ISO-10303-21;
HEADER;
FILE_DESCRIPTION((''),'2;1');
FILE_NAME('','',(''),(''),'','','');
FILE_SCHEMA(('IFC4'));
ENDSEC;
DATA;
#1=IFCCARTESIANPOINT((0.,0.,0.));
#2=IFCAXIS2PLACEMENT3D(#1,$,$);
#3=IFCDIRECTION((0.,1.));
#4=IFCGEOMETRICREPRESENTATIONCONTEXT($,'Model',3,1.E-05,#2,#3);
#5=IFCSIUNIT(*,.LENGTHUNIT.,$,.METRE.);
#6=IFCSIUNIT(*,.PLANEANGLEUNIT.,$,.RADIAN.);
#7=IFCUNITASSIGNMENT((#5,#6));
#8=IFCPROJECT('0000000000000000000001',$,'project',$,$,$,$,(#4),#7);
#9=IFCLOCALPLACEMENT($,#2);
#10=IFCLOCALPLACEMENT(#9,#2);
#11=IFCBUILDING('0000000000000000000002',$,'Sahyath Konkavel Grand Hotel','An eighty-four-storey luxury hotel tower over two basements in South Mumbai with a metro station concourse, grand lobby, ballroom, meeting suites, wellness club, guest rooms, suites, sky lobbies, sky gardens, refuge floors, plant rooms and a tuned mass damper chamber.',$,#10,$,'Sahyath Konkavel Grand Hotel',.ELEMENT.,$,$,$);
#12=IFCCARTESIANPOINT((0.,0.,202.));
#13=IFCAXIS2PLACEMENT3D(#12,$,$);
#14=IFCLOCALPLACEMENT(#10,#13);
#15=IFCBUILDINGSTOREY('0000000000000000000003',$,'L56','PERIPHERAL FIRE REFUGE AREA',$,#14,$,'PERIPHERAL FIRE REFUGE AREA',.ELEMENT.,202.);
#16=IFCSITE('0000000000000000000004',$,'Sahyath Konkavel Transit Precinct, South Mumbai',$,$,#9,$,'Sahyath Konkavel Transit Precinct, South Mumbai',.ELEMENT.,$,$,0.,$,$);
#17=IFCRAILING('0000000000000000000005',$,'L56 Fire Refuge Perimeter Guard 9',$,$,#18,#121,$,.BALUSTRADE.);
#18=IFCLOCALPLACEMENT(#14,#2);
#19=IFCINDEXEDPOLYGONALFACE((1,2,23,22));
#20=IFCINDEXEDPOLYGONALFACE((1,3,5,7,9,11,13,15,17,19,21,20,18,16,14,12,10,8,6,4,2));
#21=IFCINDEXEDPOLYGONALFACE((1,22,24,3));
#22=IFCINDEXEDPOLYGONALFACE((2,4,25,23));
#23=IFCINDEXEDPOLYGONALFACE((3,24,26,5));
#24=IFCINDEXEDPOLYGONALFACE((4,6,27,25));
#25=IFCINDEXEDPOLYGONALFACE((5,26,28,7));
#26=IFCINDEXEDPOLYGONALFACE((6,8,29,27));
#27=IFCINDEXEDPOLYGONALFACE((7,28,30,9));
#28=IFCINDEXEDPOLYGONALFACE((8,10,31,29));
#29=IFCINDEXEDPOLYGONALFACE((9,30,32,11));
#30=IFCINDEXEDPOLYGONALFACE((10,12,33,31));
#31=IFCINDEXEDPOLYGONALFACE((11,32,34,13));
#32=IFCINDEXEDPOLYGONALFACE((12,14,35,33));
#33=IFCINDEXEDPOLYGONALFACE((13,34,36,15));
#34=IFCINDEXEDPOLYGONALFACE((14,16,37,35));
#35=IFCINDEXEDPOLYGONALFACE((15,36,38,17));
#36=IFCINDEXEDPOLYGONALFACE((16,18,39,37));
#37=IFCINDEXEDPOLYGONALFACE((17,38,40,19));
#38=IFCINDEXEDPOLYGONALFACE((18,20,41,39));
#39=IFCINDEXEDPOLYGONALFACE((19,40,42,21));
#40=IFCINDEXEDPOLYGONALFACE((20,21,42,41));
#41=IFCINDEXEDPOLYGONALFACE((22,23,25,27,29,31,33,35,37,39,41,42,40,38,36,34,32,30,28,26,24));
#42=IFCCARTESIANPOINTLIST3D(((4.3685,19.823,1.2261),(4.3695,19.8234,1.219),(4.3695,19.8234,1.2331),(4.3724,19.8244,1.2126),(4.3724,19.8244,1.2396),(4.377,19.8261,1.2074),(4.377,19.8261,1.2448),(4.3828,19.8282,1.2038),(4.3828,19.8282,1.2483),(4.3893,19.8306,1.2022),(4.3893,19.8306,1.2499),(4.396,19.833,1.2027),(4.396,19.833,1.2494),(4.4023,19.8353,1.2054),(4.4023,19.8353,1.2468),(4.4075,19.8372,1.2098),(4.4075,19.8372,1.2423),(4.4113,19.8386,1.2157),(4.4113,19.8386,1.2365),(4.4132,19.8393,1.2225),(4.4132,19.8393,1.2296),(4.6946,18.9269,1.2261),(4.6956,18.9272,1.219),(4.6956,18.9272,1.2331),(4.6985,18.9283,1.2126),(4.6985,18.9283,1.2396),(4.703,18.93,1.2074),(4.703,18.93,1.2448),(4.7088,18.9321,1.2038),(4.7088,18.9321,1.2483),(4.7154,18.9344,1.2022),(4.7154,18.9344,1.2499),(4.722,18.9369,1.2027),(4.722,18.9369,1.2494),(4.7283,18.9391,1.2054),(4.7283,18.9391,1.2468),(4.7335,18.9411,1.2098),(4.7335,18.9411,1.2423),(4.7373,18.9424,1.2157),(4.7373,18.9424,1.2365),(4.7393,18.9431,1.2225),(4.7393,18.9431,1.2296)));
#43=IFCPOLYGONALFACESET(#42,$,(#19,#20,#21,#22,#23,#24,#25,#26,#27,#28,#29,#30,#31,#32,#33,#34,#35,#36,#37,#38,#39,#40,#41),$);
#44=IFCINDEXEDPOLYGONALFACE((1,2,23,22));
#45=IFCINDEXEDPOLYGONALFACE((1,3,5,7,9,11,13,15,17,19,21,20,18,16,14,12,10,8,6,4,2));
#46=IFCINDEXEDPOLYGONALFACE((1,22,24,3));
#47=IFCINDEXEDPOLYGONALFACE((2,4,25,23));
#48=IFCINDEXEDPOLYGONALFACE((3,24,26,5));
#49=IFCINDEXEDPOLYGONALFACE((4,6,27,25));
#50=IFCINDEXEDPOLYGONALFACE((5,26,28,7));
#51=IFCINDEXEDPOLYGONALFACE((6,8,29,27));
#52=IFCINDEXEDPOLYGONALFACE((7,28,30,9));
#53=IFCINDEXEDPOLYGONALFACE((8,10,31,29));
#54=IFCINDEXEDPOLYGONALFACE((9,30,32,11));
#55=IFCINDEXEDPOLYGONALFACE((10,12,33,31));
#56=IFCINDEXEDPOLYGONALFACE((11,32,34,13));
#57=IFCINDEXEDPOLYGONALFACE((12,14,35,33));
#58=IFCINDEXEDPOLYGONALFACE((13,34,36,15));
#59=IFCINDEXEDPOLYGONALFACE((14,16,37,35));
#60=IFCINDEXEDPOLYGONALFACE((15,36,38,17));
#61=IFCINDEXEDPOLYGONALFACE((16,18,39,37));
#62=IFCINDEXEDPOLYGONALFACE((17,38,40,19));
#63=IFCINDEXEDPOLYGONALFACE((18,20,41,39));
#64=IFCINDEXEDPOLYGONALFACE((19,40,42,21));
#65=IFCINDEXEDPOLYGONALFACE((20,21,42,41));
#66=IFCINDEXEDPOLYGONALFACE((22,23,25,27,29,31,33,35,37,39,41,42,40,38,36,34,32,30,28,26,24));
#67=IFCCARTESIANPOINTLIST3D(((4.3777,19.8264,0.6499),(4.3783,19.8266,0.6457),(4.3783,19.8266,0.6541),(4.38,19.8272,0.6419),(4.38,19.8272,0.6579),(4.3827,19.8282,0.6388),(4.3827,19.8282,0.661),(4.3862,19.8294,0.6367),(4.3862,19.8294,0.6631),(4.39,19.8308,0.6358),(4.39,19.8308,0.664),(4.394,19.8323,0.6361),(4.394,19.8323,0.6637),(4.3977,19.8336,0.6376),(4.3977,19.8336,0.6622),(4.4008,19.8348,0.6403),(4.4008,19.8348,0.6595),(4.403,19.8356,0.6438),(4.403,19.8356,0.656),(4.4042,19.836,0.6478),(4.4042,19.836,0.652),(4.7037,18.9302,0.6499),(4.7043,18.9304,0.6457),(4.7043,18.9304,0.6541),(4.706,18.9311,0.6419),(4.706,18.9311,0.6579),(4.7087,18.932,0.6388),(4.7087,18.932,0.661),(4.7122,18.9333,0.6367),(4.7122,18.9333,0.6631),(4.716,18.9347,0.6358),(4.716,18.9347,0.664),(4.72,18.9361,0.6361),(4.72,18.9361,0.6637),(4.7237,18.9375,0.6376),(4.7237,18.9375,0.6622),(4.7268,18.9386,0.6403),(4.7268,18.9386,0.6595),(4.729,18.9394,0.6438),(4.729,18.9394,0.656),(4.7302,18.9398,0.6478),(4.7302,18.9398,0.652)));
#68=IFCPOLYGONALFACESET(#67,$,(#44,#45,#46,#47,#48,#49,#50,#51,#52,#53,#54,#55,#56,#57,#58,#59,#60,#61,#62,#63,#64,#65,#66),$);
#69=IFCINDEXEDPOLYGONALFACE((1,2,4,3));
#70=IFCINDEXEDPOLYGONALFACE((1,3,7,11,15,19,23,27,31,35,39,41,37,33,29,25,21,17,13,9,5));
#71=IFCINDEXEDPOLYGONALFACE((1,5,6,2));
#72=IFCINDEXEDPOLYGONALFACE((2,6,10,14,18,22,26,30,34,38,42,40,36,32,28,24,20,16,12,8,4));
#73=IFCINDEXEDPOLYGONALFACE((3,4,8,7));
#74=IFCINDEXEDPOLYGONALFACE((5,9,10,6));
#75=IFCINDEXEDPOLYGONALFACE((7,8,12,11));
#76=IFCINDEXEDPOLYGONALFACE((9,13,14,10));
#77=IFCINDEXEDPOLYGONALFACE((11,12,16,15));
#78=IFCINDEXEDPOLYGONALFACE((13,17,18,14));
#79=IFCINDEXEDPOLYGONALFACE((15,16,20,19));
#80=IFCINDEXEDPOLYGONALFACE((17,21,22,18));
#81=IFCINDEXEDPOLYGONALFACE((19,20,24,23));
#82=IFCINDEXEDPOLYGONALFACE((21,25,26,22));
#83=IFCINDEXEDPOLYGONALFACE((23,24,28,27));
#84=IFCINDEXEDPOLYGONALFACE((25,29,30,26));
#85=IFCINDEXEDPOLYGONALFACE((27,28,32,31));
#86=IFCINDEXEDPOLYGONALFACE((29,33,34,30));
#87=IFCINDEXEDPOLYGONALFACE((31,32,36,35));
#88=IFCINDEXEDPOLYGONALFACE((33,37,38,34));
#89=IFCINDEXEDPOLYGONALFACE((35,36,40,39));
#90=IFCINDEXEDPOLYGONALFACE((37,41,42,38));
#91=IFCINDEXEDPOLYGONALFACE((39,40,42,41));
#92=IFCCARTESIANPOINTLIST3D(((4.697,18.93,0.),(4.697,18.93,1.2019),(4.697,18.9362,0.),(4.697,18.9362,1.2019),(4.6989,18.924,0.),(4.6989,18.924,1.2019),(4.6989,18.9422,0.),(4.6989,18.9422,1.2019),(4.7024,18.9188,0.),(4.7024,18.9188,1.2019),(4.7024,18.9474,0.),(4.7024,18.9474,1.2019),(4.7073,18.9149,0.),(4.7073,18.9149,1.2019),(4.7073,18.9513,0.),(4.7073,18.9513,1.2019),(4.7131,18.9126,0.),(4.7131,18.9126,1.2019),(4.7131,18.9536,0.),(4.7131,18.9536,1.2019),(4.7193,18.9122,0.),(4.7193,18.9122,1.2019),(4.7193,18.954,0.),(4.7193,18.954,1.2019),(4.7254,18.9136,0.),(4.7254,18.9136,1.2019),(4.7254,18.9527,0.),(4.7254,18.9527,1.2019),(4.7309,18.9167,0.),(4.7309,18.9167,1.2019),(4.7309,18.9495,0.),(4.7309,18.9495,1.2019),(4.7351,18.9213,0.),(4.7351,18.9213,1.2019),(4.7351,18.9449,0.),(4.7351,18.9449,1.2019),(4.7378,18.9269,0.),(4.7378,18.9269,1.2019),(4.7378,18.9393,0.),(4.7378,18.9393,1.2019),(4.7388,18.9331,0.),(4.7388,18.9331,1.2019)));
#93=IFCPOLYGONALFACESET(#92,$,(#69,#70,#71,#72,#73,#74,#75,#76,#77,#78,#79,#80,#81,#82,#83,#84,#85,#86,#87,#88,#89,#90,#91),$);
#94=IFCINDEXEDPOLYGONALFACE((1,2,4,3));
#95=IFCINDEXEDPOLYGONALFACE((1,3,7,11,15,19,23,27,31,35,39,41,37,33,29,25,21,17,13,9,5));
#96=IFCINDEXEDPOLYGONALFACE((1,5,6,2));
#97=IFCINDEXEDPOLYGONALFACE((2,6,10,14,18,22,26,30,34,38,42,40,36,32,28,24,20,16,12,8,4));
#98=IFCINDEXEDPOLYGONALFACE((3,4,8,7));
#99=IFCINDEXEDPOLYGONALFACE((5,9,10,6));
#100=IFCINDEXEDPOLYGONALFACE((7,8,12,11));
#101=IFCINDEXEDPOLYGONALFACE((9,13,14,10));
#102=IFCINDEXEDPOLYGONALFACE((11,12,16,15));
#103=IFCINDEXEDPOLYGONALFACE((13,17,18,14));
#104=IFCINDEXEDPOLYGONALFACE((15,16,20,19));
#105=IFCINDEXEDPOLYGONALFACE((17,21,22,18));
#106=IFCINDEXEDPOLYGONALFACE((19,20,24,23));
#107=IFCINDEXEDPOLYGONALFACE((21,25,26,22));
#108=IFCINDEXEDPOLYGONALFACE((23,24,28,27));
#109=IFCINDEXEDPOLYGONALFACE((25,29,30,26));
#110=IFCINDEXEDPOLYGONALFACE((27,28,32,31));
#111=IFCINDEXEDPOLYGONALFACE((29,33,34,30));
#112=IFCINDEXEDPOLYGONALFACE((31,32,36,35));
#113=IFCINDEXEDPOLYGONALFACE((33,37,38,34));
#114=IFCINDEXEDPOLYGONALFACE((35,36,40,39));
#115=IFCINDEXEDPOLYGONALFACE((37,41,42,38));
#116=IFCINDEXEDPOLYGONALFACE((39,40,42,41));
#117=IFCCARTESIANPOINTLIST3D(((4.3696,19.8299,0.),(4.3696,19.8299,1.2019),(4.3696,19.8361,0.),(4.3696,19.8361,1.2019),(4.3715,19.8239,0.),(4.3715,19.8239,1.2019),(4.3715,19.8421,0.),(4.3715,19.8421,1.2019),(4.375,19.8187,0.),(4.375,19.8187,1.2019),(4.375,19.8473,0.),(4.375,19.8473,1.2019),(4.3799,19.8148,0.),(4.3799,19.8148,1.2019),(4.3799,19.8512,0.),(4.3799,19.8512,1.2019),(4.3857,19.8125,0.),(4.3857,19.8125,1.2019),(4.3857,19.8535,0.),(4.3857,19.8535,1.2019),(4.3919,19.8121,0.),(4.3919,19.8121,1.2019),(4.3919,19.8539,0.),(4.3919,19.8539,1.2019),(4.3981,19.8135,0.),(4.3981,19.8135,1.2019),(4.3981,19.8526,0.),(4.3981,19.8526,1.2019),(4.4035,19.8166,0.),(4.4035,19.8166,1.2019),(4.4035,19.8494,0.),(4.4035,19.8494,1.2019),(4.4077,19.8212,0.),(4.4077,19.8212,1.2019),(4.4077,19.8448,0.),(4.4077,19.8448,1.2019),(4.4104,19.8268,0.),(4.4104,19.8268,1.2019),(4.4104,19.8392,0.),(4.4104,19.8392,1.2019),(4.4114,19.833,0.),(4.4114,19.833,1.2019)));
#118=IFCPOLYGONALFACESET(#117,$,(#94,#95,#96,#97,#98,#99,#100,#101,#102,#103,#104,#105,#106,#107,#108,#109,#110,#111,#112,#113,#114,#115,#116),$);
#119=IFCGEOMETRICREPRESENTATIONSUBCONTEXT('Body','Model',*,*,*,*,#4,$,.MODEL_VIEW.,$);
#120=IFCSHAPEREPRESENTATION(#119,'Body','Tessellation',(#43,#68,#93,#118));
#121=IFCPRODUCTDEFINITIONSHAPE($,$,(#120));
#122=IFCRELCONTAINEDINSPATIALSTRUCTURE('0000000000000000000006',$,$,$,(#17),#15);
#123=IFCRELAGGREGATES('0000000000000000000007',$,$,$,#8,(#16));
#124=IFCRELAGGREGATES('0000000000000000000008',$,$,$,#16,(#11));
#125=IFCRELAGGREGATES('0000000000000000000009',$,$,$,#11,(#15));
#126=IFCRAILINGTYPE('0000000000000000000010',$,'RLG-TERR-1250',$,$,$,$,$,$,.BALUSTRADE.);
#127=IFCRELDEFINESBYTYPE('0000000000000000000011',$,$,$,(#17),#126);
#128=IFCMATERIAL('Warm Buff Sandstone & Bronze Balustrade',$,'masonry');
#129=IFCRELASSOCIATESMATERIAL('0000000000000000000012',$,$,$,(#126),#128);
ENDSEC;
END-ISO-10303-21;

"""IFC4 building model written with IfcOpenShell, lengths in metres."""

from ifc_helpers import new_model, si_unit, direction, frame, origin, origin_2d, place, context, subcontext, project, spatial, circle, extrude, material, type_object, element, save


model = new_model("IFC4")

# Units and contexts
model_context = context("Model", 3, precision=1e-05, world=origin(), true_north=direction((0.0, 1.0)))
body_context = subcontext(model_context, "Body", "Model", "MODEL_VIEW")
ifc_project = project(units=[si_unit("LENGTHUNIT", "METRE"), si_unit("PLANEANGLEUNIT", "RADIAN")], contexts=[model_context])

# Site, building, storey
site_placement = place(None, origin())
site = spatial("IfcSite", under=ifc_project, at=site_placement, Name="Sahyath Konkavel Transit Precinct, South Mumbai", LongName="Sahyath Konkavel Transit Precinct, South Mumbai", CompositionType="ELEMENT", RefElevation=0.0)
building_placement = place(site_placement, origin())
building = spatial("IfcBuilding", under=site, at=building_placement, Name="Sahyath Konkavel Grand Hotel", Description="An eighty-four-storey luxury hotel tower over two basements in South Mumbai with a metro station concourse, grand lobby, ballroom, meeting suites, wellness club, guest rooms, suites, sky lobbies, sky gardens, refuge floors, plant rooms and a tuned mass damper chamber.", LongName="Sahyath Konkavel Grand Hotel", CompositionType="ELEMENT")
storey_placement = place(building_placement, frame((0.0, 0.0, 202.0)))
storey = spatial("IfcBuildingStorey", under=building, at=storey_placement, Name="L56", Description="PERIPHERAL FIRE REFUGE AREA", LongName="PERIPHERAL FIRE REFUGE AREA", CompositionType="ELEMENT", Elevation=202.0)

# Railing
ifc_material_1 = material(Name="Warm Buff Sandstone & Bronze Balustrade", Category="masonry")
railing_type = type_object("IfcRailingType", Name="RLG-TERR-1250", PredefinedType="BALUSTRADE", material=ifc_material_1)
railing_1_placement = place(storey_placement, frame((4.7178, 18.9331, 0.0)))
element("IfcRailing", 1, at=railing_1_placement, inside=storey, type_object=railing_type, Name="L56 Fire Refuge Perimeter Guard 9", PredefinedType="BALUSTRADE", context=body_context, shape_type="SweptSolid", body=[
    extrude(circle(Radius=0.0239, at=origin_2d()), frame((-0.0007, 0.002, 1.2261), z_axis=(-0.341886, 0.939741, 0.0), x_axis=(-0.939741, -0.341886, 0.0)), (0.0, 0.0, 1.0), 0.9536),
    extrude(circle(Radius=0.0142, at=origin_2d()), frame((-0.0007, 0.002, 0.6499), z_axis=(-0.341886, 0.939741, 0.0), x_axis=(-0.939741, -0.341886, 0.0)), (0.0, 0.0, 1.0), 0.9536),
    extrude(circle(Radius=0.021, at=origin_2d()), origin(), (0.0, 0.0, 1.0), 1.2019),
    extrude(circle(Radius=0.021, at=origin_2d()), frame((-0.3274, 0.8999, 0.0)), (0.0, 0.0, 1.0), 1.2019),
])

save(model, "model.ifc")
